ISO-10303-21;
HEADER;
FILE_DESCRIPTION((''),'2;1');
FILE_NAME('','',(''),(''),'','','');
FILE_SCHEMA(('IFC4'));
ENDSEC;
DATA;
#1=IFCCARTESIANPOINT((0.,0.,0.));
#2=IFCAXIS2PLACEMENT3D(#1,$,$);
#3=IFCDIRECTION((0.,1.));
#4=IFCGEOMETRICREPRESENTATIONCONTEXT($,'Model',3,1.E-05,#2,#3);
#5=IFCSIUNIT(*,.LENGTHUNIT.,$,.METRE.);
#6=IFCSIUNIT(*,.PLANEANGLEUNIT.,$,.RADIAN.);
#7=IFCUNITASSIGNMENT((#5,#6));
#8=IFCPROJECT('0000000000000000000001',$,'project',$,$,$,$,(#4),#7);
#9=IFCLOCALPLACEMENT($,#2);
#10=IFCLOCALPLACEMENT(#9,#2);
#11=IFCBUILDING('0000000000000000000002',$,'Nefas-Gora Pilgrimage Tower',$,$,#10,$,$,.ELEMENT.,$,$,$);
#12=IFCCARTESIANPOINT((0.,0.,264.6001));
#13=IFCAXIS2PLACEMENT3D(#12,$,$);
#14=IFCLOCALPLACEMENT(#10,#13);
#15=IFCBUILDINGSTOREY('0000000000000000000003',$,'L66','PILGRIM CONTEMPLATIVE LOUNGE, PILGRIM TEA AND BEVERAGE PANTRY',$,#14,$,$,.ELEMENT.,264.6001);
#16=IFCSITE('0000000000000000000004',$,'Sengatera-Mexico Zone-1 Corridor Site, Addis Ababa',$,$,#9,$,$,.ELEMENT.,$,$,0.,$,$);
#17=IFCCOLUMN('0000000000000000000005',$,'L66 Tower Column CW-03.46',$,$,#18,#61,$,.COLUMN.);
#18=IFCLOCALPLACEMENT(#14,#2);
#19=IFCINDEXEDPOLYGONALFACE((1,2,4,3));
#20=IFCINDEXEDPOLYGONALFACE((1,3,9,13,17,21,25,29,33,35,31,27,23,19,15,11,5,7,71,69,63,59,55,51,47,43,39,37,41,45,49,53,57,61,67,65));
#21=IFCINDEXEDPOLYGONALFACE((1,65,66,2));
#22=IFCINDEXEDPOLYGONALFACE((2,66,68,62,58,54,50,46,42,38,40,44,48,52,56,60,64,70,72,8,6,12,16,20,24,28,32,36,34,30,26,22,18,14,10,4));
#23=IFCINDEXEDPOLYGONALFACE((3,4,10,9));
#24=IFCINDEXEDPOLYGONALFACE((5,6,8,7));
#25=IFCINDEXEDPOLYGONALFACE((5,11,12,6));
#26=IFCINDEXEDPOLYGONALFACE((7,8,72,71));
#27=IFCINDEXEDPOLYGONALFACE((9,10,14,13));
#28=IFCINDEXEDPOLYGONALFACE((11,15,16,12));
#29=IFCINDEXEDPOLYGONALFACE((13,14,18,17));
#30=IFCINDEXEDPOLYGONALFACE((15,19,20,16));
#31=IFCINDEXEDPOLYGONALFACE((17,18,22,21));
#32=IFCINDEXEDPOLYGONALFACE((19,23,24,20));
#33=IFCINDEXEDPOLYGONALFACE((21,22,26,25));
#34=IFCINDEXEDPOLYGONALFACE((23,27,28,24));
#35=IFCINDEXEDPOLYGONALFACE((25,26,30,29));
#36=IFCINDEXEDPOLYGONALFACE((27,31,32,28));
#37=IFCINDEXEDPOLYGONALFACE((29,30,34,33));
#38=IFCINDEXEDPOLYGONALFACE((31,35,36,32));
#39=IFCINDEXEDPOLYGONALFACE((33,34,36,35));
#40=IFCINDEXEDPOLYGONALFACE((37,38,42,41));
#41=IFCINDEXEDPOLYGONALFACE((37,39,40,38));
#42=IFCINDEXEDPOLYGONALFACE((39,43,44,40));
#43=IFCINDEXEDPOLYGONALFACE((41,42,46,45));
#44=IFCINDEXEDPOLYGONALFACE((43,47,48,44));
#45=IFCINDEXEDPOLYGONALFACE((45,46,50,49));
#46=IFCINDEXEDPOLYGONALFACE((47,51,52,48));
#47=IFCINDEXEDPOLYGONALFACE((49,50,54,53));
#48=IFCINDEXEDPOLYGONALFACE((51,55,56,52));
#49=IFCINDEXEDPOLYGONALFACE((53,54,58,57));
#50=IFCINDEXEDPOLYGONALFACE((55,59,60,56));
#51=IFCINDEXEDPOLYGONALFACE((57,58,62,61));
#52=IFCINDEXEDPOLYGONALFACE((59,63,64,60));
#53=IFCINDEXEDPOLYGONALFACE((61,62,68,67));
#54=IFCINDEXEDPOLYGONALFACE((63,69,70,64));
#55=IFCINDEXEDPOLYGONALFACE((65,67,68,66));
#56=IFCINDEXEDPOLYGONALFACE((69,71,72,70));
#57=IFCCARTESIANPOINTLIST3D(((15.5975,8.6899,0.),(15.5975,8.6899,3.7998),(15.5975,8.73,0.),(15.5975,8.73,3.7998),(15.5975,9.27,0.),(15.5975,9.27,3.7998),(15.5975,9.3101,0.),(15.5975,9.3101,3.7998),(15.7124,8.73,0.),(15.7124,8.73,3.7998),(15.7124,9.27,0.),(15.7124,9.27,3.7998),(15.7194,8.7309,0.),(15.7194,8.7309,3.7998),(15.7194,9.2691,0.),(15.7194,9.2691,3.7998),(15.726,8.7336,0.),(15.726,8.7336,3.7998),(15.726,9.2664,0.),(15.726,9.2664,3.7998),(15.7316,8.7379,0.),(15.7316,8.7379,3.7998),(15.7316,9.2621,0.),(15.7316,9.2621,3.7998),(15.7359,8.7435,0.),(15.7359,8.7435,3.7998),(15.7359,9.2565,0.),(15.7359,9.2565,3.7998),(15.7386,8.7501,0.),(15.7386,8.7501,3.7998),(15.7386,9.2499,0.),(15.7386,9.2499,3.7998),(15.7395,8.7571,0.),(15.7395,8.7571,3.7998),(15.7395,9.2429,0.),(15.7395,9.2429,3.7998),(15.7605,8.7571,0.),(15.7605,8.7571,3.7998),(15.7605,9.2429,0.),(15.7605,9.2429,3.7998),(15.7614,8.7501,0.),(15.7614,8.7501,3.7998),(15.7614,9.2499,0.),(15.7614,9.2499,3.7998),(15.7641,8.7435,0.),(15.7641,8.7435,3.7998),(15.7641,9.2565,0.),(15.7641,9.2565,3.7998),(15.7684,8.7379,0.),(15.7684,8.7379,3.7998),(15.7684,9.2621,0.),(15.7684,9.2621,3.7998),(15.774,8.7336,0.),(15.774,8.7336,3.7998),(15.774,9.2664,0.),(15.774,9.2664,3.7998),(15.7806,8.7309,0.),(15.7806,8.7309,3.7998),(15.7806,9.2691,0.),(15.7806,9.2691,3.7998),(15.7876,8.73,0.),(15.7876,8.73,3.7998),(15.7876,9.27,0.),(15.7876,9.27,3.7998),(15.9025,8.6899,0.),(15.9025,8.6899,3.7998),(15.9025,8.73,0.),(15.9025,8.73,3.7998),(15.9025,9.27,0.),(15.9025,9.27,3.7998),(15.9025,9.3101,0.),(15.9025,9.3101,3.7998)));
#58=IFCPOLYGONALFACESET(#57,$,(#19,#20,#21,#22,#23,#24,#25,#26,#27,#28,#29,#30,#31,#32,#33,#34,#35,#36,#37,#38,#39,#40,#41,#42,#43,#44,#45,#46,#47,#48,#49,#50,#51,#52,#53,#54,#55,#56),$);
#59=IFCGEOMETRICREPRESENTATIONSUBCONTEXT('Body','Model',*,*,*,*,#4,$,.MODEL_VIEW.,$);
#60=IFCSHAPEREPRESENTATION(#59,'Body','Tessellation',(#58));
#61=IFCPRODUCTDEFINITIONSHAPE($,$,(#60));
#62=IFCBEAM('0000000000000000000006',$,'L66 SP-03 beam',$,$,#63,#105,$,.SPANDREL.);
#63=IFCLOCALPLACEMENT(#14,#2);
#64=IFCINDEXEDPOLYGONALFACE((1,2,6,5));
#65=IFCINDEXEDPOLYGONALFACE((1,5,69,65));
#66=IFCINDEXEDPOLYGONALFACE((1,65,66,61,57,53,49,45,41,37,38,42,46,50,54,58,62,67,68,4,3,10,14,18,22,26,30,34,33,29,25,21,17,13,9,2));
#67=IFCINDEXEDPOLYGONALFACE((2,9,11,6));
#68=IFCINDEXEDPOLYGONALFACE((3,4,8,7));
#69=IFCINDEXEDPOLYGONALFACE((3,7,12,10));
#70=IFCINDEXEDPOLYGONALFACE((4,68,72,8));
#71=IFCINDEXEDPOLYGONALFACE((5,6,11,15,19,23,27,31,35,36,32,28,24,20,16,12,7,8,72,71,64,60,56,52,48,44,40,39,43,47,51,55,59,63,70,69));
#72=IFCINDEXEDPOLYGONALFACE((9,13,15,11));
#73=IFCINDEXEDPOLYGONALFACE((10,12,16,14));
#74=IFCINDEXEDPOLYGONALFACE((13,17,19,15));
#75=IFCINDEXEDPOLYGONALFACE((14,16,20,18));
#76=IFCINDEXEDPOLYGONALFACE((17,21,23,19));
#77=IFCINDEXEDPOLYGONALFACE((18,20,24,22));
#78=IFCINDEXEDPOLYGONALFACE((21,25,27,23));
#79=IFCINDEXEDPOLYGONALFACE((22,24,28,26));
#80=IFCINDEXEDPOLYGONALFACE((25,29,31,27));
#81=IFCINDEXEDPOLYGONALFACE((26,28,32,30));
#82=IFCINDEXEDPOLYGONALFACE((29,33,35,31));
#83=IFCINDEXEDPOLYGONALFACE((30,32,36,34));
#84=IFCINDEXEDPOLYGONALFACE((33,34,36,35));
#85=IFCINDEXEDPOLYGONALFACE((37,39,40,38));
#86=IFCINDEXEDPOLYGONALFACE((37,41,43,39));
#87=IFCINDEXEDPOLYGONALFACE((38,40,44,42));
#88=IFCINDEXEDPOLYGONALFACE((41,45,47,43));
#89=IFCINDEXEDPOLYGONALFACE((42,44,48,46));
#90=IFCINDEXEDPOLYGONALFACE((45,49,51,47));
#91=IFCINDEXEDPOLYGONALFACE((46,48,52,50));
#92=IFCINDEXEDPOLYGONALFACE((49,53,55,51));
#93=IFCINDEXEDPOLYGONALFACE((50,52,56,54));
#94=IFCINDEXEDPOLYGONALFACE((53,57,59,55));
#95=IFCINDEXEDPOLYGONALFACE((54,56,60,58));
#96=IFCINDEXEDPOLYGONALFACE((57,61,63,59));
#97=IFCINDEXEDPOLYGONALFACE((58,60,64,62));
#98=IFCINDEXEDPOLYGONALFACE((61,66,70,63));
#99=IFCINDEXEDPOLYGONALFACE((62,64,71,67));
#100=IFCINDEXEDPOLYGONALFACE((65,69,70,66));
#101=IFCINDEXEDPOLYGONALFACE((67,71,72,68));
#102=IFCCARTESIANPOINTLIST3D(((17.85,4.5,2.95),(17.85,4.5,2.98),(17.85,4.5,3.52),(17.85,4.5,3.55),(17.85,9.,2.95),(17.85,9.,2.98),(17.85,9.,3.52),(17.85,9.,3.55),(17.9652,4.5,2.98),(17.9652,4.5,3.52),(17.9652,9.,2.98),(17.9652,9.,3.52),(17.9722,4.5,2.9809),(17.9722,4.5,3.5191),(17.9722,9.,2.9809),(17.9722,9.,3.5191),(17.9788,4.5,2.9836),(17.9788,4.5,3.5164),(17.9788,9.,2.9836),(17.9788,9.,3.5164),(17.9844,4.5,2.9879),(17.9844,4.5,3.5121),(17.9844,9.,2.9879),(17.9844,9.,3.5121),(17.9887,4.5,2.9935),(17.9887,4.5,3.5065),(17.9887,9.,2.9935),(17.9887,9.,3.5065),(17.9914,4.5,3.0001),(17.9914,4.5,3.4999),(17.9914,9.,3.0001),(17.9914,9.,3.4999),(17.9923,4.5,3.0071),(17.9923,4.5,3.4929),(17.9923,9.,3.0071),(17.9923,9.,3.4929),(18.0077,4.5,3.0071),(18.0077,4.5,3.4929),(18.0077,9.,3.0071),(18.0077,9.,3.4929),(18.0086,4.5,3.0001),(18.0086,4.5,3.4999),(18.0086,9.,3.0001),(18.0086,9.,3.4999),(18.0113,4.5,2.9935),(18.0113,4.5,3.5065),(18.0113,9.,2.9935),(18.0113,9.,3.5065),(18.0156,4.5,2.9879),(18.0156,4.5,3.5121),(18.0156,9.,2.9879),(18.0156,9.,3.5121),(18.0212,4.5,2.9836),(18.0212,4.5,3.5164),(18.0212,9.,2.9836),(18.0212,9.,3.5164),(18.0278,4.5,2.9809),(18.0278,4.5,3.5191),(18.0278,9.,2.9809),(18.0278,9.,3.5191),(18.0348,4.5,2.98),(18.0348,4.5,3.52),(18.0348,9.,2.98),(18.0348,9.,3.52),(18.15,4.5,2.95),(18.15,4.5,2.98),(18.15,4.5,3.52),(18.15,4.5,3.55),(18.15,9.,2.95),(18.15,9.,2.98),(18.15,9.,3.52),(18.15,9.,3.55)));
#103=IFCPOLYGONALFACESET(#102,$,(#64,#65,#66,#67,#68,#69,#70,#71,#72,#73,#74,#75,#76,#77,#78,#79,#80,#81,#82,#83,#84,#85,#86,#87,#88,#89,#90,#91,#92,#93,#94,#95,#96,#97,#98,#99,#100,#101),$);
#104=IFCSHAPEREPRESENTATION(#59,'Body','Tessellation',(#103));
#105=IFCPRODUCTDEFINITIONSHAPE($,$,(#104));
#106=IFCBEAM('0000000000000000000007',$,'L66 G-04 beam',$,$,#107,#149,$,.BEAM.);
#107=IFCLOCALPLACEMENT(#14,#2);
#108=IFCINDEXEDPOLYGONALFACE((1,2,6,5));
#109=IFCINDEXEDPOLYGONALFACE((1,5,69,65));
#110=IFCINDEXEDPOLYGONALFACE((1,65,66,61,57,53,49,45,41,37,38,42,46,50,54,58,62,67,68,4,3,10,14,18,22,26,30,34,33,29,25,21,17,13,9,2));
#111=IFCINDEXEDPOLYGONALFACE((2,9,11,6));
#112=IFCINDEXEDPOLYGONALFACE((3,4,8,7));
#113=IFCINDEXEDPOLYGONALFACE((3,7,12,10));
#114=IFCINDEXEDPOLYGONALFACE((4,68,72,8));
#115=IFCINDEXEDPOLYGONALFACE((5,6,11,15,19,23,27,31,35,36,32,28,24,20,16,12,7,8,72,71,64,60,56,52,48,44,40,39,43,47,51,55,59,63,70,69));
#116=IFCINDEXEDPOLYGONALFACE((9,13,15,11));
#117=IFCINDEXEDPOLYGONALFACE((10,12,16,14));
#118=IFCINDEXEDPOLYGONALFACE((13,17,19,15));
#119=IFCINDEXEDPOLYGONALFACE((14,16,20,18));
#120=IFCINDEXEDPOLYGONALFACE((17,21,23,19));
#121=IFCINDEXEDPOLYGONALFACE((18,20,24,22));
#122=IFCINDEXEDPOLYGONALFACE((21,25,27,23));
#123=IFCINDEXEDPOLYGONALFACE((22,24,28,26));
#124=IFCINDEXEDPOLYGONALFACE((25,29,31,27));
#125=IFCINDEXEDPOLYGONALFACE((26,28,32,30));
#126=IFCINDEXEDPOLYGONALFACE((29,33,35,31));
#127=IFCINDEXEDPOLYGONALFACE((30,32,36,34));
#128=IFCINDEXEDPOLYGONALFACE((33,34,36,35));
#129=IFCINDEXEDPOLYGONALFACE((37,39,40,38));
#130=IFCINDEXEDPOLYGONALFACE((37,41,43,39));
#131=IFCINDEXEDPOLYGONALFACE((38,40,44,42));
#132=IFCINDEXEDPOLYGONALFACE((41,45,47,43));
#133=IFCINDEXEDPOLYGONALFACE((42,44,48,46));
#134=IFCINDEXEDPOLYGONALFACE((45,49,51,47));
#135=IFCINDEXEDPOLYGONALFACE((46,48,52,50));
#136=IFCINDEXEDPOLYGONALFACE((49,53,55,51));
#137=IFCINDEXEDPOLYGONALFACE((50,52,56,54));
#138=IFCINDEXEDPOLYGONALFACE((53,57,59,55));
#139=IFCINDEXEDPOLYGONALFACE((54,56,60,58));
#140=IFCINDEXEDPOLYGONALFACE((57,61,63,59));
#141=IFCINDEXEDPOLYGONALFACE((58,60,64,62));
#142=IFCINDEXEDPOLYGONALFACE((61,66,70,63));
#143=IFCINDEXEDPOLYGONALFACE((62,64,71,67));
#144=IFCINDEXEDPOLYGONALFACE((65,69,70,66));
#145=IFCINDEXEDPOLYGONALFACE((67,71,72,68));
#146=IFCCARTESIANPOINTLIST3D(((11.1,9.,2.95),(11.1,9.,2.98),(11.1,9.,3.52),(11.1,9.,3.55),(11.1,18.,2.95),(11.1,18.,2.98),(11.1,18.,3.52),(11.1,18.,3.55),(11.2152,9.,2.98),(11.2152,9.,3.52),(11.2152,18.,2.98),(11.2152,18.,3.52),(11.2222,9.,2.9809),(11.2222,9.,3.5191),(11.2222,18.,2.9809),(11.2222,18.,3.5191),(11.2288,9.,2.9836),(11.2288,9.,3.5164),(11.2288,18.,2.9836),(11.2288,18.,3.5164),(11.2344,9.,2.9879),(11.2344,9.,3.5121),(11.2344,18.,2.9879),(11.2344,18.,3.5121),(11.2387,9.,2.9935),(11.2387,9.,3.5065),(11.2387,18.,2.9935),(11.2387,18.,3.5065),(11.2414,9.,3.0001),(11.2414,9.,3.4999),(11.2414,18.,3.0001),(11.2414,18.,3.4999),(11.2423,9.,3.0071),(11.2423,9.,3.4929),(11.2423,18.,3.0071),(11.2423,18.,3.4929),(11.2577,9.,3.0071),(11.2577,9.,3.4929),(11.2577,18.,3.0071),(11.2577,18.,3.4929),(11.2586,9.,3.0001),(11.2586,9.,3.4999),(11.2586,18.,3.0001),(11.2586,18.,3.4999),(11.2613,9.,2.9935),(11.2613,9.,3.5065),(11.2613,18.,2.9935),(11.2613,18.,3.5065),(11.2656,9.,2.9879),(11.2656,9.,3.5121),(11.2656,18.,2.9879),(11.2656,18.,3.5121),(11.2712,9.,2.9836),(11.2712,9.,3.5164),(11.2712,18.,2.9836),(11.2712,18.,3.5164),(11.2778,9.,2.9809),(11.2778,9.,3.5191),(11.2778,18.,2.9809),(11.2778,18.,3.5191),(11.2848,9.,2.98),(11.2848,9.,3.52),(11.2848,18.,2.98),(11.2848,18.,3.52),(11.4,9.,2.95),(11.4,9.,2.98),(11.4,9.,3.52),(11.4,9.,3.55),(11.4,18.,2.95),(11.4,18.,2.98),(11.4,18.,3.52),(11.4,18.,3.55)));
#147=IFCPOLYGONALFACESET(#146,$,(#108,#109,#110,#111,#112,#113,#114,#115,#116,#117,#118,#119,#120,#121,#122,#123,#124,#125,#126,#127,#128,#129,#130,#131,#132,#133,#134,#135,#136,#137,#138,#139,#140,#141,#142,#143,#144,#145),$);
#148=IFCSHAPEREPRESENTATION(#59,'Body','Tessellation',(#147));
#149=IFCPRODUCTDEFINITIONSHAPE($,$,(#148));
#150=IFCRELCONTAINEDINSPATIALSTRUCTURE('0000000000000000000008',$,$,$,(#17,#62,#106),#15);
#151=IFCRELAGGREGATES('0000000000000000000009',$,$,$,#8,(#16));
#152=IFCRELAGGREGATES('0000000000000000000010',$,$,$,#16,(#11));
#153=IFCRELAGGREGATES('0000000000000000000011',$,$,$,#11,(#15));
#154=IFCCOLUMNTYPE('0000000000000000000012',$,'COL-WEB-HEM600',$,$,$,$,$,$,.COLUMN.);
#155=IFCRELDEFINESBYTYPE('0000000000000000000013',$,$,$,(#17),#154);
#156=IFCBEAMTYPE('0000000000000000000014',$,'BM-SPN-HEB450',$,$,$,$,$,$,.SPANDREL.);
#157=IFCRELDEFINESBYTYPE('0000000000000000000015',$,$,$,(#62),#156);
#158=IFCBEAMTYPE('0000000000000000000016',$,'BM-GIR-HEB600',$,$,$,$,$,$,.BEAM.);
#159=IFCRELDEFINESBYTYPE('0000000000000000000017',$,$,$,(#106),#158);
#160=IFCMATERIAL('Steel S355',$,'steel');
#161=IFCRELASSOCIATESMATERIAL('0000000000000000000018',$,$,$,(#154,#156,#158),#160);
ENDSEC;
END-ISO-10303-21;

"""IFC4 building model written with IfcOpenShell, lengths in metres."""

from ifc_helpers import new_model, si_unit, direction, frame, origin, origin_2d, place, context, subcontext, project, spatial, i_section, extrude, source, transform, mapped, material, material_profile, profile_set, type_object, element, save


model = new_model("IFC4")

# Units and contexts
model_context = context("Model", 3, precision=1e-05, world=origin(), true_north=direction((0.0, 1.0)))
body_context = subcontext(model_context, "Body", "Model", "MODEL_VIEW")
ifc_project = project(units=[si_unit("LENGTHUNIT", "METRE"), si_unit("PLANEANGLEUNIT", "RADIAN")], contexts=[model_context])

# Site, building, storey
site_placement = place(None, origin())
site = spatial("IfcSite", under=ifc_project, at=site_placement, Name="Sengatera-Mexico Zone-1 Corridor Site, Addis Ababa", CompositionType="ELEMENT", RefElevation=0.0)
building_placement = place(site_placement, origin())
building = spatial("IfcBuilding", under=site, at=building_placement, Name="Nefas-Gora Pilgrimage Tower", CompositionType="ELEMENT")
storey_placement = place(building_placement, frame((0.0, 0.0, 264.6001)))
storey = spatial("IfcBuildingStorey", under=building, at=storey_placement, Name="L66", Description="PILGRIM CONTEMPLATIVE LOUNGE, PILGRIM TEA AND BEVERAGE PANTRY", CompositionType="ELEMENT", Elevation=264.6001)

# Column
ifc_material_1 = material(Name="Steel S355", Category="steel")
ifc_material_profile_1 = material_profile(ifc_material_1, i_section(OverallWidth=0.3049, OverallDepth=0.6201, WebThickness=0.021, FlangeThickness=0.04, FilletRadius=0.0271, at=origin_2d()), Name="HEM 600")
ifc_profile_set_1 = profile_set([ifc_material_profile_1], Name="Steel S355")
column_type_1 = type_object("IfcColumnType", Name="COL-WEB-HEM600", PredefinedType="COLUMN", material=ifc_profile_set_1)
shared_shape_1 = source(origin(), body_context, "Body", "SweptSolid", [
    extrude(i_section(OverallWidth=0.3049, OverallDepth=0.6201, WebThickness=0.021, FlangeThickness=0.04, FilletRadius=0.0271, at=origin_2d()), origin(), (0.0, 0.0, 1.0), 3.7998),
])
for number, where, z_axis, x_axis, name in (
    (1, (15.75, 9.0, 0.0), (0.0, 0.0, 1.0), (1.0, 0.0, 0.0), "L66 Tower Column CW-03.46"),
):
    element("IfcColumn", number, at=place(storey_placement, frame(where, z_axis=z_axis, x_axis=x_axis)), inside=storey, type_object=column_type_1, Name=name, PredefinedType="COLUMN", context=body_context, shape_type="MappedRepresentation", body=[
        mapped(shared_shape_1, transform((0.0, 0.0, 0.0), x_axis=(1.0, 0.0, 0.0), y_axis=(0.0, 1.0, 0.0), z_axis=(0.0, 0.0, 1.0), scale=1.0)),
    ])

# Beams
ifc_material_profile_2 = material_profile(ifc_material_1, i_section(OverallWidth=0.3, OverallDepth=0.6001, WebThickness=0.0154, FlangeThickness=0.03, FilletRadius=0.0271, at=origin_2d()), Name="HEB 600")
ifc_profile_set_2 = profile_set([ifc_material_profile_2], Name="Steel S355")
beam_type_1 = type_object("IfcBeamType", Name="BM-SPN-HEB450", PredefinedType="SPANDREL", material=ifc_profile_set_2)
shared_shape_2 = source(origin(), body_context, "Body", "SweptSolid", [
    extrude(i_section(OverallWidth=0.3, OverallDepth=0.6001, WebThickness=0.0154, FlangeThickness=0.03, FilletRadius=0.0271, at=origin_2d()), origin(), (0.0, 0.0, 1.0), 4.5),
])
beam_1_placement = place(storey_placement, frame((18.0, 4.5, 3.25), z_axis=(0.0, 1.0, 0.0), x_axis=(-1.0, 0.0, 0.0)))
element("IfcBeam", 2, at=beam_1_placement, inside=storey, type_object=beam_type_1, Name="L66 SP-03 beam", PredefinedType="SPANDREL", context=body_context, shape_type="MappedRepresentation", body=[
    mapped(shared_shape_2, transform((0.0, 0.0, 0.0), x_axis=(1.0, 0.0, 0.0), y_axis=(0.0, 1.0, 0.0), z_axis=(0.0, 0.0, 1.0), scale=1.0)),
])
ifc_material_profile_3 = material_profile(ifc_material_1, i_section(OverallWidth=0.3, OverallDepth=0.6001, WebThickness=0.0154, FlangeThickness=0.03, FilletRadius=0.0271, at=origin_2d()), Name="HEB 600")
ifc_profile_set_3 = profile_set([ifc_material_profile_3], Name="Steel S355")
beam_type_2 = type_object("IfcBeamType", Name="BM-GIR-HEB600", PredefinedType="BEAM", material=ifc_profile_set_3)
shared_shape_3 = source(origin(), body_context, "Body", "SweptSolid", [
    extrude(i_section(OverallWidth=0.3, OverallDepth=0.6001, WebThickness=0.0154, FlangeThickness=0.03, FilletRadius=0.0271, at=origin_2d()), origin(), (0.0, 0.0, 1.0), 9.0),
])
beam_2_placement = place(storey_placement, frame((11.25, 9.0, 3.25), z_axis=(0.0, 1.0, 0.0), x_axis=(-1.0, 0.0, 0.0)))
element("IfcBeam", 3, at=beam_2_placement, inside=storey, type_object=beam_type_2, Name="L66 G-04 beam", PredefinedType="BEAM", context=body_context, shape_type="MappedRepresentation", body=[
    mapped(shared_shape_3, transform((0.0, 0.0, 0.0), x_axis=(1.0, 0.0, 0.0), y_axis=(0.0, 1.0, 0.0), z_axis=(0.0, 0.0, 1.0), scale=1.0)),
])

save(model, "model.ifc")
